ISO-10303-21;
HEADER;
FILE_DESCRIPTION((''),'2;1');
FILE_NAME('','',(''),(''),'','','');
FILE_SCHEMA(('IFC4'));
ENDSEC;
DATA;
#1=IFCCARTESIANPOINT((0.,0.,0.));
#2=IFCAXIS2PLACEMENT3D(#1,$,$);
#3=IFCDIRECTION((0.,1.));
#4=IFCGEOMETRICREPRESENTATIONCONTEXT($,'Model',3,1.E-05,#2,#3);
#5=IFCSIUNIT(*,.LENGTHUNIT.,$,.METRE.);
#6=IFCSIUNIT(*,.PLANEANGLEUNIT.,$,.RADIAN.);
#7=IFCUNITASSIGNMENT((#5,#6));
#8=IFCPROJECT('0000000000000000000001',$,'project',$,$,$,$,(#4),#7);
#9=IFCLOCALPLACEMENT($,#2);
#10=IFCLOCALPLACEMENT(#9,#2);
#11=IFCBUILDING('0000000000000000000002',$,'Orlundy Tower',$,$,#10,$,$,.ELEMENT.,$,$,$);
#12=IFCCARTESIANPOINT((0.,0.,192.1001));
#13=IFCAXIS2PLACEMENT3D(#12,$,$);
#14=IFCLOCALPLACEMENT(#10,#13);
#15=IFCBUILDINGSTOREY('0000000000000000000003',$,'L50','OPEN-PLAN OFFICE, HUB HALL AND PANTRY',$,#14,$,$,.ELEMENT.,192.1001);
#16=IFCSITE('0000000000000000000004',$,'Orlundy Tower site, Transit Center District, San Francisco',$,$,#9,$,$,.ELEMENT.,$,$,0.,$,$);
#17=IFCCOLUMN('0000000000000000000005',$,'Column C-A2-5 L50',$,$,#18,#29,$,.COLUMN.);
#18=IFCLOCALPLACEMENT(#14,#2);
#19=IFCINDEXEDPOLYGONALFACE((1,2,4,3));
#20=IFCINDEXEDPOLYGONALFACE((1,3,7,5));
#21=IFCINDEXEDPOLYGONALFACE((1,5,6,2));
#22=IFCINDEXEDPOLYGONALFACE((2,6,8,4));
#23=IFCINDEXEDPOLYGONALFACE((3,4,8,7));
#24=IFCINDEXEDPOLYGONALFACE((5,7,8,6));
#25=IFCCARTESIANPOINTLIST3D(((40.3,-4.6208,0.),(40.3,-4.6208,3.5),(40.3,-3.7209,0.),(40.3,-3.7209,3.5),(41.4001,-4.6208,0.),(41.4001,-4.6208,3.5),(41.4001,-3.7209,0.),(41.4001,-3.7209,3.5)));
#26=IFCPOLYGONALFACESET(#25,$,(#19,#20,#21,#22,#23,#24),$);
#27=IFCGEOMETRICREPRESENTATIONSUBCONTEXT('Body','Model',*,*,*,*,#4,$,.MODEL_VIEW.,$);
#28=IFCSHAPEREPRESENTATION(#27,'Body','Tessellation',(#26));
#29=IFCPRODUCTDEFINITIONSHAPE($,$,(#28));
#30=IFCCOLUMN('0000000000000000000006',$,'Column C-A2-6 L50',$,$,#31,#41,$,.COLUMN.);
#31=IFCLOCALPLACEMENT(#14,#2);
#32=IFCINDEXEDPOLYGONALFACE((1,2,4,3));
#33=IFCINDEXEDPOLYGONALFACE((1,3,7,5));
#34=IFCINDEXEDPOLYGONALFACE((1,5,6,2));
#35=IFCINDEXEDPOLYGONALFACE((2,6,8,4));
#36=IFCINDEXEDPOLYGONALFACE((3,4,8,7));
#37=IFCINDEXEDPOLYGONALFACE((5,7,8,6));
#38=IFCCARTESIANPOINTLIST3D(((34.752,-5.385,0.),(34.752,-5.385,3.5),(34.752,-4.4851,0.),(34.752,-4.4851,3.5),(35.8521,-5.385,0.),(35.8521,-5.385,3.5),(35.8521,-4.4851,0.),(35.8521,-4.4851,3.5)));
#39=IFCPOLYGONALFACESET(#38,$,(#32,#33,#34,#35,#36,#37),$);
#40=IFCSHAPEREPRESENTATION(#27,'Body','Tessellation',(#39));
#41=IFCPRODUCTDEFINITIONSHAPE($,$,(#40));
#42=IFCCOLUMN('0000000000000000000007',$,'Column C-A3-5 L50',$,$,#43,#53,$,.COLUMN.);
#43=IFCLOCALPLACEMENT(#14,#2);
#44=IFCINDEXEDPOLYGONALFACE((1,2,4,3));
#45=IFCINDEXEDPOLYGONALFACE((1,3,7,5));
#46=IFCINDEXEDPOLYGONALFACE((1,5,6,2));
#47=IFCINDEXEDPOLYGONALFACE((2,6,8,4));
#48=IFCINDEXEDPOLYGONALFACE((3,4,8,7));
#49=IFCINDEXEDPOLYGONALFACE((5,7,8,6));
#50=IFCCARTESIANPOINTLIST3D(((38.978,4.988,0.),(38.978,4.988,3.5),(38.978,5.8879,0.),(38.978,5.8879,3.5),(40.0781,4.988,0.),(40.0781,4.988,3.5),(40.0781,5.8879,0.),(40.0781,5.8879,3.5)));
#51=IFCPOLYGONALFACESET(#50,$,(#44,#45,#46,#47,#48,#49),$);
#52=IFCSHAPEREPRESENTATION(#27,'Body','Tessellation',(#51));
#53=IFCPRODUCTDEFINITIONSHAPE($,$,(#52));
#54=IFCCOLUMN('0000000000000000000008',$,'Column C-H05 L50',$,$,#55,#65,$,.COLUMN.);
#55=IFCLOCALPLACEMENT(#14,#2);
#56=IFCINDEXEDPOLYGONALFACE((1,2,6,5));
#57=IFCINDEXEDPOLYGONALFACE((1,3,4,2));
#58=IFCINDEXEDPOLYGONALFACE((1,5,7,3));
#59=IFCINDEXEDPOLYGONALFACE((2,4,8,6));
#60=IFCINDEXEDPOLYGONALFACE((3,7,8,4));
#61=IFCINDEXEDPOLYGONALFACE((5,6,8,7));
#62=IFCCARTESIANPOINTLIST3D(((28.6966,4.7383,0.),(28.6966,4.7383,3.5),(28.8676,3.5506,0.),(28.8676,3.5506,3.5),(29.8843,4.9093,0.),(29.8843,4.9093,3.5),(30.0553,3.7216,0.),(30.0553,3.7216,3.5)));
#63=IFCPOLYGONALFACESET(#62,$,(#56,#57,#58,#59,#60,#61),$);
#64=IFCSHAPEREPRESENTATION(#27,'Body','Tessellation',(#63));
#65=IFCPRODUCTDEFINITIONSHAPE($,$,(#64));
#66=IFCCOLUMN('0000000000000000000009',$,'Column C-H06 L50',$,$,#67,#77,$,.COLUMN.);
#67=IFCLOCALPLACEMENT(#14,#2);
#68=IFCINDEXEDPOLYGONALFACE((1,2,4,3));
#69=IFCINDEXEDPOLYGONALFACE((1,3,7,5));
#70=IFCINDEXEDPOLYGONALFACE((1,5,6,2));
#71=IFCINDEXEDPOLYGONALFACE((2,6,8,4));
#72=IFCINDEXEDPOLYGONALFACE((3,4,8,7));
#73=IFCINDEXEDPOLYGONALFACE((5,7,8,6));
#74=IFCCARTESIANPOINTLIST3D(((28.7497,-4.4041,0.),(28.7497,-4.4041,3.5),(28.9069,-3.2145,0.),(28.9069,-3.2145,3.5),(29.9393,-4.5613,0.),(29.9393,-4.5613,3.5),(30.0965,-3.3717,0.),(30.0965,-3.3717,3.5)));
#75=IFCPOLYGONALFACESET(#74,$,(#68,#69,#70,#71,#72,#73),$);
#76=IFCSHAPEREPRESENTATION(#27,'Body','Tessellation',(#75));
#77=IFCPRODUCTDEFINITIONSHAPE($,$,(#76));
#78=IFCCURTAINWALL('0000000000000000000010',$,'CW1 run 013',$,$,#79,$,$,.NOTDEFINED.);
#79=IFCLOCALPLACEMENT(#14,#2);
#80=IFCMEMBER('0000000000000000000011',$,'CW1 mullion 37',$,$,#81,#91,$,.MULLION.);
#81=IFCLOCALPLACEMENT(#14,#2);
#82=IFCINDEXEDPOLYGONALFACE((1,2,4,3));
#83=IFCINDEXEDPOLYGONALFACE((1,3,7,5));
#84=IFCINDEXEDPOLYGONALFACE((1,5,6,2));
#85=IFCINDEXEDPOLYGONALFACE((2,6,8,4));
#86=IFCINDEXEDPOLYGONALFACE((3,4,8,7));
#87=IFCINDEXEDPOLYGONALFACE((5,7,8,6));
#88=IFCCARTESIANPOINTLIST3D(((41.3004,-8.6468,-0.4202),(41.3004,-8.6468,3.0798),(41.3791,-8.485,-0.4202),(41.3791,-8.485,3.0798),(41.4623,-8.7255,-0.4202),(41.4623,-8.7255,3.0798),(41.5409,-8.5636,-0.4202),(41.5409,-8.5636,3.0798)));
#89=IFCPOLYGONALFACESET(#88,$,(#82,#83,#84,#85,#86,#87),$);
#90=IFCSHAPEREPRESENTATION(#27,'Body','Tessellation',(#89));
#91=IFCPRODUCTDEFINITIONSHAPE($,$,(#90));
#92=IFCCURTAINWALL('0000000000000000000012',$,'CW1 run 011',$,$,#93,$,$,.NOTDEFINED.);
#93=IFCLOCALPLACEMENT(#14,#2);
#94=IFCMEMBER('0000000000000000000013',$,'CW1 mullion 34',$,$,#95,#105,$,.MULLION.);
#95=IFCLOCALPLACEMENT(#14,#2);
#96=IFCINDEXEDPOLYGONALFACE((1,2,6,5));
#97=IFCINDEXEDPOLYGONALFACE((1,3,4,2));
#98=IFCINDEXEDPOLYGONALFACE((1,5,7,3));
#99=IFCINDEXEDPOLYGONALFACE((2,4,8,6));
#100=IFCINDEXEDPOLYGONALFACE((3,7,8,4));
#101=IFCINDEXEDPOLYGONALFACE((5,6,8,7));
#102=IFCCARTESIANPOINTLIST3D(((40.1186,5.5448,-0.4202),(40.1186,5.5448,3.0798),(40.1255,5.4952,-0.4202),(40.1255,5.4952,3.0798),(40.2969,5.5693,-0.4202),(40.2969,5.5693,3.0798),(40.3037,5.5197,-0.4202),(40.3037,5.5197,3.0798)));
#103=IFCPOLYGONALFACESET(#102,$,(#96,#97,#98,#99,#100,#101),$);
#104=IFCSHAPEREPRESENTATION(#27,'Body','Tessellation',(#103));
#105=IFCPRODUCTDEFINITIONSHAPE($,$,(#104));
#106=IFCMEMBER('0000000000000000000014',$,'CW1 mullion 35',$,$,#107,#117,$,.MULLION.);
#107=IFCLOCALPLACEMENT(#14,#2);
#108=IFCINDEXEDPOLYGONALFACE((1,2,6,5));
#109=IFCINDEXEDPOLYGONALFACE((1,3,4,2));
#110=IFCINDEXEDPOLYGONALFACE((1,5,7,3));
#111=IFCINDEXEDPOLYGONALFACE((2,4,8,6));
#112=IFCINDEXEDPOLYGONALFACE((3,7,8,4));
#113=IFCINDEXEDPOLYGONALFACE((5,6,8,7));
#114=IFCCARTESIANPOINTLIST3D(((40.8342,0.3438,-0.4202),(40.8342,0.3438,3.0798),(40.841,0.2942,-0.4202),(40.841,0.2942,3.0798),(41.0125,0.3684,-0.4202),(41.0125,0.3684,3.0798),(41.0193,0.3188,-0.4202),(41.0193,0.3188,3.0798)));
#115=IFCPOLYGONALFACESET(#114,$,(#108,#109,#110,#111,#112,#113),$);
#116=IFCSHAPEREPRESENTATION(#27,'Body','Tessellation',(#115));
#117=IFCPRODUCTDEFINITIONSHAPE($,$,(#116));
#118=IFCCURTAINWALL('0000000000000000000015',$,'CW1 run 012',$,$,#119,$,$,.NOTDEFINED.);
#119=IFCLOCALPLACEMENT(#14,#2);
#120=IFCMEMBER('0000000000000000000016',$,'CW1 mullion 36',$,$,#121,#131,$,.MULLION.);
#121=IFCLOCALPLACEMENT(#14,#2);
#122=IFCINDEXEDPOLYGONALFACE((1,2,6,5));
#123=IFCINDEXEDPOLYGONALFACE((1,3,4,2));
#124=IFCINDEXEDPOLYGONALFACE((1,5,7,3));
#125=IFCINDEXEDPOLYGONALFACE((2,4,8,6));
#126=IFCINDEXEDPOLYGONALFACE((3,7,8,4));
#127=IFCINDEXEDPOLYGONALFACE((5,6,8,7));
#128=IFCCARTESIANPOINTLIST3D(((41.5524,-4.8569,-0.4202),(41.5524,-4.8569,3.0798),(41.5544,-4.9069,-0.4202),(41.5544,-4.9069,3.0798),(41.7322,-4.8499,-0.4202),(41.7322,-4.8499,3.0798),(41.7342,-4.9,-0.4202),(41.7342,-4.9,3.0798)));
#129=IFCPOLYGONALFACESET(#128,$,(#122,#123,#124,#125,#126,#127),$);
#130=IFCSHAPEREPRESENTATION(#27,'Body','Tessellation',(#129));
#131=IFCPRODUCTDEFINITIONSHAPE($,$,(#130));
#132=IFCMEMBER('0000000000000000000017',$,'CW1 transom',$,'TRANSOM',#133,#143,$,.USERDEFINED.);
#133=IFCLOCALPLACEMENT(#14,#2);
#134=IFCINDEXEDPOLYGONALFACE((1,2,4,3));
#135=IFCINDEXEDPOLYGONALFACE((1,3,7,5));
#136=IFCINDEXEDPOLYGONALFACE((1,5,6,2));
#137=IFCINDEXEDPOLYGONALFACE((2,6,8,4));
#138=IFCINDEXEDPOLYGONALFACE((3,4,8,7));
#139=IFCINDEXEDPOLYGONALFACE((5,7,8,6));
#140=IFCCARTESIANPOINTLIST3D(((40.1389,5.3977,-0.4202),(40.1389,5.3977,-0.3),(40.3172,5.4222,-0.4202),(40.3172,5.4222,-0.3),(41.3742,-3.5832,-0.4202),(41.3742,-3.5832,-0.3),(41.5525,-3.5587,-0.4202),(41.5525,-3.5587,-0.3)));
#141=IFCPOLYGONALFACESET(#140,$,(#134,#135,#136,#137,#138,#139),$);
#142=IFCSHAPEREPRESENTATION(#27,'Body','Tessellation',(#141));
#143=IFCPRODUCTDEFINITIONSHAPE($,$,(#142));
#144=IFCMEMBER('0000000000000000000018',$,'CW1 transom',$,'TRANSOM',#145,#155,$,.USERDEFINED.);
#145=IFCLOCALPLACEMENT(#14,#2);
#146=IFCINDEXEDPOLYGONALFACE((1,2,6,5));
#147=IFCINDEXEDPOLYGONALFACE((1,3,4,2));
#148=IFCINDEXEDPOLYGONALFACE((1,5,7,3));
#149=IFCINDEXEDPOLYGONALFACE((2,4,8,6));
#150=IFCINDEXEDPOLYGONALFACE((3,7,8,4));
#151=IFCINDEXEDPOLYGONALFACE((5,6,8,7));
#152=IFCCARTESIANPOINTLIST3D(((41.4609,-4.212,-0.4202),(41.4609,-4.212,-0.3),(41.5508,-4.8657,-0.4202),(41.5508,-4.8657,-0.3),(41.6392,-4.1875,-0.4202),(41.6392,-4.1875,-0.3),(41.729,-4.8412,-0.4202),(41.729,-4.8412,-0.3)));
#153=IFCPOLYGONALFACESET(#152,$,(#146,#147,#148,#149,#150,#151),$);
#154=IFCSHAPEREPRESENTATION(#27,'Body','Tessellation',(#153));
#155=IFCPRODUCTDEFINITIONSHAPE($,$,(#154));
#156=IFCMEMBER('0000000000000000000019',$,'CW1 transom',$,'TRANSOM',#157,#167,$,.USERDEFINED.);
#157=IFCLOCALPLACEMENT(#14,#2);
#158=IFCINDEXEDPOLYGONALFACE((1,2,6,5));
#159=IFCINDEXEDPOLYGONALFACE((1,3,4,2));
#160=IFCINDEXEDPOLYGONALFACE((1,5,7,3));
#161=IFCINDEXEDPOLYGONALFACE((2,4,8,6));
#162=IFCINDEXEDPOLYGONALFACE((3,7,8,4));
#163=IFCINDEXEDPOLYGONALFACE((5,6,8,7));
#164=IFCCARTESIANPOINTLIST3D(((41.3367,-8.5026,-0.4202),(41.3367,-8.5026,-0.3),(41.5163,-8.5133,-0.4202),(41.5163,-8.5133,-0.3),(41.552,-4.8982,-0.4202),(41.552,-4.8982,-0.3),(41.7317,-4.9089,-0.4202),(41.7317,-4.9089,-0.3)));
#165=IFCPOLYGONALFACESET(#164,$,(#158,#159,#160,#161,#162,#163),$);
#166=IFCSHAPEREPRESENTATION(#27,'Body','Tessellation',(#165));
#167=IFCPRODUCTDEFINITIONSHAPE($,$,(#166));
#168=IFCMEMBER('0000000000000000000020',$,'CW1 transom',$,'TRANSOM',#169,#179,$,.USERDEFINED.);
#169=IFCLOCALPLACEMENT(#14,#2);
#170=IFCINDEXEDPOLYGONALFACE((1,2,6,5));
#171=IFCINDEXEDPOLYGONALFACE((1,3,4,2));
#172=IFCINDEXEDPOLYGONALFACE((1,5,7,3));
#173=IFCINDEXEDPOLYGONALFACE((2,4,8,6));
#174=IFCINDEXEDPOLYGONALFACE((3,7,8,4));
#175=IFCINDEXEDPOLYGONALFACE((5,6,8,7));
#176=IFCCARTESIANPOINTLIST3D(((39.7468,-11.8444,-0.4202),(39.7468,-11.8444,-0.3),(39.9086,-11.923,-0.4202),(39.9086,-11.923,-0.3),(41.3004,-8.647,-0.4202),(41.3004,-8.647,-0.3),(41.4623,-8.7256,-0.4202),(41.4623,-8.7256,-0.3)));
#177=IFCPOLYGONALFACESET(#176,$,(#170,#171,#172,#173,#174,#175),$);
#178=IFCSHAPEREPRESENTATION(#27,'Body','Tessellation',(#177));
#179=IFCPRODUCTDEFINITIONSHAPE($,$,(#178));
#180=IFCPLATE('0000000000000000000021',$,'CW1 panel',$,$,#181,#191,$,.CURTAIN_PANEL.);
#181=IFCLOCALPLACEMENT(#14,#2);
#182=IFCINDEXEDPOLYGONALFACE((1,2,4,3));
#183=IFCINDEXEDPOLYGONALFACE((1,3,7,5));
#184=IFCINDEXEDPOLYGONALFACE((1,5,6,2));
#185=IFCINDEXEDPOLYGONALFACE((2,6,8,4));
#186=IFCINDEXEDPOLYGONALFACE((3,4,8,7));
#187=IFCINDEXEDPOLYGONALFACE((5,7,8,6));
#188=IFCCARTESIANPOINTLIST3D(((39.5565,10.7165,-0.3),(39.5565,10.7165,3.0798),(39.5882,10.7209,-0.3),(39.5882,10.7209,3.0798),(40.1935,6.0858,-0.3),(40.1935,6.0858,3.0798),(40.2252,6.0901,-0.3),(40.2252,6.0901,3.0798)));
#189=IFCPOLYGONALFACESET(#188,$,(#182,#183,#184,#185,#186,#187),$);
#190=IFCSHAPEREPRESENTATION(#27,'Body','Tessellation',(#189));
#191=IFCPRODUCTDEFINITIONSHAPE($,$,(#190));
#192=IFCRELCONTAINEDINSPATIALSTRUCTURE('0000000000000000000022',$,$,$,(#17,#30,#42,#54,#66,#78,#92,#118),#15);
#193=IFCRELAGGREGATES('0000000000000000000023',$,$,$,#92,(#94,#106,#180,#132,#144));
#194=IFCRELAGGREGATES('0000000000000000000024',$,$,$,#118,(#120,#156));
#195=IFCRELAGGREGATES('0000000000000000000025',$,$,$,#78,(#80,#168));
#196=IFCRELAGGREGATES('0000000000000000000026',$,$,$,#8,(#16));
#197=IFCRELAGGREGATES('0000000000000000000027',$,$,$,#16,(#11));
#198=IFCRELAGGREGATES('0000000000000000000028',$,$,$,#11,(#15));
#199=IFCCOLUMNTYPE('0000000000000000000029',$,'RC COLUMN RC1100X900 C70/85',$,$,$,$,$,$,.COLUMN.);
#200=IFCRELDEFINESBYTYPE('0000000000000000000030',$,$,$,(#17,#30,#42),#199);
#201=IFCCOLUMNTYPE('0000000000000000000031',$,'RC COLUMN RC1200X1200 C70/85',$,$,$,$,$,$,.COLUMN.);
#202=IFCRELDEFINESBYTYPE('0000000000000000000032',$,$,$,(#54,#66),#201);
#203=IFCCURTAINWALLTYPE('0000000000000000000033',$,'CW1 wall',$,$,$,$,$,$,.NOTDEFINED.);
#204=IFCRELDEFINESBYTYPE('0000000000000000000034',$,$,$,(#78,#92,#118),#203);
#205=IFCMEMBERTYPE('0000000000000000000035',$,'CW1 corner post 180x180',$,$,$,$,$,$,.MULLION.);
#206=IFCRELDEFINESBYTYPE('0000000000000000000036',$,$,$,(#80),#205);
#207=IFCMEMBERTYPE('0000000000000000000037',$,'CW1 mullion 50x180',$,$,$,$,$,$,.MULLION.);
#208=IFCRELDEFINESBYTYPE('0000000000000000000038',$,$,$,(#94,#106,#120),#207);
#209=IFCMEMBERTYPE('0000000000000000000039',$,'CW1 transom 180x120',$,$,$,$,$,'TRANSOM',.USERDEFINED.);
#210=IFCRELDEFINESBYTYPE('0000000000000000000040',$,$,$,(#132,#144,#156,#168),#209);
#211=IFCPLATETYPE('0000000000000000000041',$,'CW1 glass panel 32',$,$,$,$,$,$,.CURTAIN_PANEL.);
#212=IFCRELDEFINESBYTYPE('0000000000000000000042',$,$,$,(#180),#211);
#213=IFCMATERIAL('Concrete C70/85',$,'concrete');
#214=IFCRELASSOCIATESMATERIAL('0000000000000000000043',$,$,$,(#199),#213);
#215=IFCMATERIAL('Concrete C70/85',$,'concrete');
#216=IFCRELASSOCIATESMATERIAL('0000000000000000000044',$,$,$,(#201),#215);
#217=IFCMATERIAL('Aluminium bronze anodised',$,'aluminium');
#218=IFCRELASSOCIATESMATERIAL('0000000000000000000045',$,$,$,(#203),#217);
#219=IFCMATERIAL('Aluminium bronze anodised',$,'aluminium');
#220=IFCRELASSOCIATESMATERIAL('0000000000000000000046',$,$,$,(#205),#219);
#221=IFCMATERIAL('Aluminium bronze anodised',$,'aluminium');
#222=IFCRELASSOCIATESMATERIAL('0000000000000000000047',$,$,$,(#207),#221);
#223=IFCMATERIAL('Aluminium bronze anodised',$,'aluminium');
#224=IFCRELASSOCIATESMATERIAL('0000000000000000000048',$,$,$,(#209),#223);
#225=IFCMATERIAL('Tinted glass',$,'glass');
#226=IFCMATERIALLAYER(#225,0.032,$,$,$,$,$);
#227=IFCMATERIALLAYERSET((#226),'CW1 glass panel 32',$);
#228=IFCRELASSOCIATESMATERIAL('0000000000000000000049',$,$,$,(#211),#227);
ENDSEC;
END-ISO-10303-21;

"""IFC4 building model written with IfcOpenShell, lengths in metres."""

from ifc_helpers import new_model, si_unit, direction, frame, origin, origin_2d, place, context, subcontext, project, spatial, rectangle, extrude, material, layer, layer_set, material_profile, profile_set, type_object, element, aggregate, save


model = new_model("IFC4")

# Units and contexts
model_context = context("Model", 3, precision=1e-05, world=origin(), true_north=direction((0.0, 1.0)))
body_context = subcontext(model_context, "Body", "Model", "MODEL_VIEW")
ifc_project = project(units=[si_unit("LENGTHUNIT", "METRE"), si_unit("PLANEANGLEUNIT", "RADIAN")], contexts=[model_context])

# Site, building, storey
site_placement = place(None, origin())
site = spatial("IfcSite", under=ifc_project, at=site_placement, Name="Orlundy Tower site, Transit Center District, San Francisco", CompositionType="ELEMENT", RefElevation=0.0)
building_placement = place(site_placement, origin())
building = spatial("IfcBuilding", under=site, at=building_placement, Name="Orlundy Tower", CompositionType="ELEMENT")
storey_placement = place(building_placement, frame((0.0, 0.0, 192.1001)))
storey = spatial("IfcBuildingStorey", under=building, at=storey_placement, Name="L50", Description="OPEN-PLAN OFFICE, HUB HALL AND PANTRY", CompositionType="ELEMENT", Elevation=192.1001)

# Columns
ifc_material_1 = material(Name="Concrete C70/85", Category="concrete")
ifc_material_profile_1 = material_profile(ifc_material_1, rectangle(XDim=1.1001, YDim=0.8999, at=origin_2d()), Name="RC1100X900")
ifc_profile_set_1 = profile_set([ifc_material_profile_1], Name="Concrete C70/85")
column_type_1 = type_object("IfcColumnType", Name="RC COLUMN RC1100X900 C70/85", PredefinedType="COLUMN", material=ifc_profile_set_1)
for number, where, z_axis, x_axis, name in (
    (1, (40.8501, -4.1709, 0.0), (0.0, 0.0, 1.0), (1.0, 0.0, 0.0), "Column C-A2-5 L50"),
    (2, (35.302, -4.9351, 0.0), (0.0, 0.0, 1.0), (1.0, 0.0, 0.0), "Column C-A2-6 L50"),
    (3, (39.5281, 5.438, 0.0), (0.0, 0.0, 1.0), (1.0, 0.0, 0.0), "Column C-A3-5 L50"),
):
    element("IfcColumn", number, at=place(storey_placement, frame(where, z_axis=z_axis, x_axis=x_axis)), inside=storey, type_object=column_type_1, Name=name, PredefinedType="COLUMN", context=body_context, shape_type="SweptSolid", body=[
        extrude(rectangle(XDim=1.1001, YDim=0.8999, at=origin_2d()), origin(), (0.0, 0.0, 1.0), 3.5),
    ])
ifc_material_2 = material(Name="Concrete C70/85", Category="concrete")
ifc_material_profile_2 = material_profile(ifc_material_2, rectangle(XDim=1.2, YDim=1.2, at=origin_2d()), Name="RC1200X1200")
ifc_profile_set_2 = profile_set([ifc_material_profile_2], Name="Concrete C70/85")
column_type_2 = type_object("IfcColumnType", Name="RC COLUMN RC1200X1200 C70/85", PredefinedType="COLUMN", material=ifc_profile_set_2)
for number, where, z_axis, x_axis, name in (
    (4, (29.376, 4.23, 0.0), (0.0, 0.0, 1.0), (0.989791, 0.142525, 0.0), "Column C-H05 L50"),
    (5, (29.4231, -3.8879, 0.0), (0.0, 0.0, 1.0), (0.991381, -0.131011, 0.0), "Column C-H06 L50"),
):
    element("IfcColumn", number, at=place(storey_placement, frame(where, z_axis=z_axis, x_axis=x_axis)), inside=storey, type_object=column_type_2, Name=name, PredefinedType="COLUMN", context=body_context, shape_type="SweptSolid", body=[
        extrude(rectangle(XDim=1.2, YDim=1.2, at=origin_2d()), origin(), (0.0, 0.0, 1.0), 3.5),
    ])

# Curtain wall, member
ifc_material_3 = material(Name="Aluminium bronze anodised", Category="aluminium")
curtain_wall_type = type_object("IfcCurtainWallType", Name="CW1 wall", PredefinedType="NOTDEFINED", material=ifc_material_3)
curtain_wall_1_placement = place(storey_placement, origin())
curtain_wall_1 = element("IfcCurtainWall", 6, at=curtain_wall_1_placement, inside=storey, type_object=curtain_wall_type, Name="CW1 run 013", PredefinedType="NOTDEFINED")
ifc_material_4 = material(Name="Aluminium bronze anodised", Category="aluminium")
ifc_material_profile_3 = material_profile(ifc_material_4, rectangle(XDim=0.1799, YDim=0.1799, at=origin_2d()), Name="CW1 corner post 180x180")
ifc_profile_set_3 = profile_set([ifc_material_profile_3], Name="Aluminium bronze anodised")
member_type_1 = type_object("IfcMemberType", Name="CW1 corner post 180x180", PredefinedType="MULLION", material=ifc_profile_set_3)
member_1_placement = place(storey_placement, frame((41.4207, -8.6052, -0.4202), z_axis=(0.0, 0.0, 1.0), x_axis=(0.899442, -0.437041, 0.0)))
member_1 = element("IfcMember", 7, at=member_1_placement, type_object=member_type_1, Name="CW1 mullion 37", PredefinedType="MULLION", context=body_context, shape_type="SweptSolid", body=[
    extrude(rectangle(XDim=0.1799, YDim=0.1799, at=origin_2d()), origin(), (0.0, 0.0, 1.0), 3.5),
])

# Curtain wall, members
curtain_wall_2_placement = place(storey_placement, origin())
curtain_wall_2 = element("IfcCurtainWall", 8, at=curtain_wall_2_placement, inside=storey, type_object=curtain_wall_type, Name="CW1 run 011", PredefinedType="NOTDEFINED")
ifc_material_5 = material(Name="Aluminium bronze anodised", Category="aluminium")
ifc_material_profile_4 = material_profile(ifc_material_5, rectangle(XDim=0.1799, YDim=0.05, at=origin_2d()), Name="CW1 mullion 50x180")
ifc_profile_set_4 = profile_set([ifc_material_profile_4], Name="Aluminium bronze anodised")
member_type_2 = type_object("IfcMemberType", Name="CW1 mullion 50x180", PredefinedType="MULLION", material=ifc_profile_set_4)
member_2_placement = place(storey_placement, frame((40.2112, 5.5322, -0.4202), z_axis=(0.0, 0.0, 1.0), x_axis=(0.99067, 0.136286, 0.0)))
member_2 = element("IfcMember", 9, at=member_2_placement, type_object=member_type_2, Name="CW1 mullion 34", PredefinedType="MULLION", context=body_context, shape_type="SweptSolid", body=[
    extrude(rectangle(XDim=0.1799, YDim=0.05, at=origin_2d()), origin(), (0.0, 0.0, 1.0), 3.5),
])
member_3_placement = place(storey_placement, frame((40.9268, 0.3313, -0.4202), z_axis=(0.0, 0.0, 1.0), x_axis=(0.99067, 0.136286, 0.0)))
member_3 = element("IfcMember", 10, at=member_3_placement, type_object=member_type_2, Name="CW1 mullion 35", PredefinedType="MULLION", context=body_context, shape_type="SweptSolid", body=[
    extrude(rectangle(XDim=0.1799, YDim=0.05, at=origin_2d()), origin(), (0.0, 0.0, 1.0), 3.5),
])

# Curtain wall, member
curtain_wall_3_placement = place(storey_placement, origin())
curtain_wall_3 = element("IfcCurtainWall", 11, at=curtain_wall_3_placement, inside=storey, type_object=curtain_wall_type, Name="CW1 run 012", PredefinedType="NOTDEFINED")
member_4_placement = place(storey_placement, frame((41.6433, -4.8784, -0.4202), z_axis=(0.0, 0.0, 1.0), x_axis=(0.999258, 0.038517, 0.0)))
member_4 = element("IfcMember", 12, at=member_4_placement, type_object=member_type_2, Name="CW1 mullion 36", PredefinedType="MULLION", context=body_context, shape_type="SweptSolid", body=[
    extrude(rectangle(XDim=0.1799, YDim=0.05, at=origin_2d()), origin(), (0.0, 0.0, 1.0), 3.5),
])

# Members
ifc_material_6 = material(Name="Aluminium bronze anodised", Category="aluminium")
ifc_material_profile_5 = material_profile(ifc_material_6, rectangle(XDim=0.1799, YDim=0.1201, at=origin_2d()), Name="CW1 transom 180x120")
ifc_profile_set_5 = profile_set([ifc_material_profile_5], Name="Aluminium bronze anodised")
member_type_3 = type_object("IfcMemberType", Name="CW1 transom 180x120", ElementType="TRANSOM", PredefinedType="USERDEFINED", material=ifc_profile_set_5)
member_5_placement = place(storey_placement, frame((40.228, 5.4099, -0.3601), z_axis=(0.136269, -0.990672, 0.0), x_axis=(0.990672, 0.136269, 0.0)))
member_5 = element("IfcMember", 13, at=member_5_placement, type_object=member_type_3, Name="CW1 transom", ObjectType="TRANSOM", PredefinedType="USERDEFINED", context=body_context, shape_type="SweptSolid", body=[
    extrude(rectangle(XDim=0.1799, YDim=0.1201, at=origin_2d()), origin(), (0.0, 0.0, 1.0), 9.0654),
])
member_6_placement = place(storey_placement, frame((41.55, -4.1997, -0.3601), z_axis=(0.136137, -0.99069, 0.0), x_axis=(0.99069, 0.136137, 0.0)))
member_6 = element("IfcMember", 14, at=member_6_placement, type_object=member_type_3, Name="CW1 transom", ObjectType="TRANSOM", PredefinedType="USERDEFINED", context=body_context, shape_type="SweptSolid", body=[
    extrude(rectangle(XDim=0.1799, YDim=0.1201, at=origin_2d()), origin(), (0.0, 0.0, 1.0), 0.6599),
])
member_7_placement = place(storey_placement, frame((41.6418, -4.9036, -0.3601), z_axis=(-0.059634, -0.99822, 0.0), x_axis=(0.99822, -0.059634, 0.0)))
member_7 = element("IfcMember", 15, at=member_7_placement, type_object=member_type_3, Name="CW1 transom", ObjectType="TRANSOM", PredefinedType="USERDEFINED", context=body_context, shape_type="SweptSolid", body=[
    extrude(rectangle(XDim=0.1799, YDim=0.1201, at=origin_2d()), origin(), (0.0, 0.0, 1.0), 3.6108),
])
member_8_placement = place(storey_placement, frame((41.3813, -8.6863, -0.3601), z_axis=(-0.437048, -0.899438, 0.0), x_axis=(0.899438, -0.437048, 0.0)))
member_8 = element("IfcMember", 16, at=member_8_placement, type_object=member_type_3, Name="CW1 transom", ObjectType="TRANSOM", PredefinedType="USERDEFINED", context=body_context, shape_type="SweptSolid", body=[
    extrude(rectangle(XDim=0.1799, YDim=0.1201, at=origin_2d()), origin(), (0.0, 0.0, 1.0), 3.5549),
])

# Plate
ifc_material_7 = material(Name="Tinted glass", Category="glass")
ifc_layer_1 = layer(ifc_material_7, 0.032)
ifc_layer_set_1 = layer_set([ifc_layer_1], Name="CW1 glass panel 32")
plate_type = type_object("IfcPlateType", Name="CW1 glass panel 32", PredefinedType="CURTAIN_PANEL", material=ifc_layer_set_1)
plate_1_placement = place(storey_placement, frame((39.8909, 8.4033, -0.3), z_axis=(0.0, 0.0, 1.0), x_axis=(0.136286, -0.99067, 0.0)))
plate_1 = element("IfcPlate", 17, at=plate_1_placement, type_object=plate_type, Name="CW1 panel", PredefinedType="CURTAIN_PANEL", context=body_context, shape_type="SweptSolid", body=[
    extrude(rectangle(XDim=4.6743, YDim=0.032, at=origin_2d()), origin(), (0.0, 0.0, 1.0), 3.3799),
])
aggregate(curtain_wall_2, [member_2, member_3, plate_1, member_5, member_6])
aggregate(curtain_wall_3, [member_4, member_7])
aggregate(curtain_wall_1, [member_1, member_8])

save(model, "model.ifc")
